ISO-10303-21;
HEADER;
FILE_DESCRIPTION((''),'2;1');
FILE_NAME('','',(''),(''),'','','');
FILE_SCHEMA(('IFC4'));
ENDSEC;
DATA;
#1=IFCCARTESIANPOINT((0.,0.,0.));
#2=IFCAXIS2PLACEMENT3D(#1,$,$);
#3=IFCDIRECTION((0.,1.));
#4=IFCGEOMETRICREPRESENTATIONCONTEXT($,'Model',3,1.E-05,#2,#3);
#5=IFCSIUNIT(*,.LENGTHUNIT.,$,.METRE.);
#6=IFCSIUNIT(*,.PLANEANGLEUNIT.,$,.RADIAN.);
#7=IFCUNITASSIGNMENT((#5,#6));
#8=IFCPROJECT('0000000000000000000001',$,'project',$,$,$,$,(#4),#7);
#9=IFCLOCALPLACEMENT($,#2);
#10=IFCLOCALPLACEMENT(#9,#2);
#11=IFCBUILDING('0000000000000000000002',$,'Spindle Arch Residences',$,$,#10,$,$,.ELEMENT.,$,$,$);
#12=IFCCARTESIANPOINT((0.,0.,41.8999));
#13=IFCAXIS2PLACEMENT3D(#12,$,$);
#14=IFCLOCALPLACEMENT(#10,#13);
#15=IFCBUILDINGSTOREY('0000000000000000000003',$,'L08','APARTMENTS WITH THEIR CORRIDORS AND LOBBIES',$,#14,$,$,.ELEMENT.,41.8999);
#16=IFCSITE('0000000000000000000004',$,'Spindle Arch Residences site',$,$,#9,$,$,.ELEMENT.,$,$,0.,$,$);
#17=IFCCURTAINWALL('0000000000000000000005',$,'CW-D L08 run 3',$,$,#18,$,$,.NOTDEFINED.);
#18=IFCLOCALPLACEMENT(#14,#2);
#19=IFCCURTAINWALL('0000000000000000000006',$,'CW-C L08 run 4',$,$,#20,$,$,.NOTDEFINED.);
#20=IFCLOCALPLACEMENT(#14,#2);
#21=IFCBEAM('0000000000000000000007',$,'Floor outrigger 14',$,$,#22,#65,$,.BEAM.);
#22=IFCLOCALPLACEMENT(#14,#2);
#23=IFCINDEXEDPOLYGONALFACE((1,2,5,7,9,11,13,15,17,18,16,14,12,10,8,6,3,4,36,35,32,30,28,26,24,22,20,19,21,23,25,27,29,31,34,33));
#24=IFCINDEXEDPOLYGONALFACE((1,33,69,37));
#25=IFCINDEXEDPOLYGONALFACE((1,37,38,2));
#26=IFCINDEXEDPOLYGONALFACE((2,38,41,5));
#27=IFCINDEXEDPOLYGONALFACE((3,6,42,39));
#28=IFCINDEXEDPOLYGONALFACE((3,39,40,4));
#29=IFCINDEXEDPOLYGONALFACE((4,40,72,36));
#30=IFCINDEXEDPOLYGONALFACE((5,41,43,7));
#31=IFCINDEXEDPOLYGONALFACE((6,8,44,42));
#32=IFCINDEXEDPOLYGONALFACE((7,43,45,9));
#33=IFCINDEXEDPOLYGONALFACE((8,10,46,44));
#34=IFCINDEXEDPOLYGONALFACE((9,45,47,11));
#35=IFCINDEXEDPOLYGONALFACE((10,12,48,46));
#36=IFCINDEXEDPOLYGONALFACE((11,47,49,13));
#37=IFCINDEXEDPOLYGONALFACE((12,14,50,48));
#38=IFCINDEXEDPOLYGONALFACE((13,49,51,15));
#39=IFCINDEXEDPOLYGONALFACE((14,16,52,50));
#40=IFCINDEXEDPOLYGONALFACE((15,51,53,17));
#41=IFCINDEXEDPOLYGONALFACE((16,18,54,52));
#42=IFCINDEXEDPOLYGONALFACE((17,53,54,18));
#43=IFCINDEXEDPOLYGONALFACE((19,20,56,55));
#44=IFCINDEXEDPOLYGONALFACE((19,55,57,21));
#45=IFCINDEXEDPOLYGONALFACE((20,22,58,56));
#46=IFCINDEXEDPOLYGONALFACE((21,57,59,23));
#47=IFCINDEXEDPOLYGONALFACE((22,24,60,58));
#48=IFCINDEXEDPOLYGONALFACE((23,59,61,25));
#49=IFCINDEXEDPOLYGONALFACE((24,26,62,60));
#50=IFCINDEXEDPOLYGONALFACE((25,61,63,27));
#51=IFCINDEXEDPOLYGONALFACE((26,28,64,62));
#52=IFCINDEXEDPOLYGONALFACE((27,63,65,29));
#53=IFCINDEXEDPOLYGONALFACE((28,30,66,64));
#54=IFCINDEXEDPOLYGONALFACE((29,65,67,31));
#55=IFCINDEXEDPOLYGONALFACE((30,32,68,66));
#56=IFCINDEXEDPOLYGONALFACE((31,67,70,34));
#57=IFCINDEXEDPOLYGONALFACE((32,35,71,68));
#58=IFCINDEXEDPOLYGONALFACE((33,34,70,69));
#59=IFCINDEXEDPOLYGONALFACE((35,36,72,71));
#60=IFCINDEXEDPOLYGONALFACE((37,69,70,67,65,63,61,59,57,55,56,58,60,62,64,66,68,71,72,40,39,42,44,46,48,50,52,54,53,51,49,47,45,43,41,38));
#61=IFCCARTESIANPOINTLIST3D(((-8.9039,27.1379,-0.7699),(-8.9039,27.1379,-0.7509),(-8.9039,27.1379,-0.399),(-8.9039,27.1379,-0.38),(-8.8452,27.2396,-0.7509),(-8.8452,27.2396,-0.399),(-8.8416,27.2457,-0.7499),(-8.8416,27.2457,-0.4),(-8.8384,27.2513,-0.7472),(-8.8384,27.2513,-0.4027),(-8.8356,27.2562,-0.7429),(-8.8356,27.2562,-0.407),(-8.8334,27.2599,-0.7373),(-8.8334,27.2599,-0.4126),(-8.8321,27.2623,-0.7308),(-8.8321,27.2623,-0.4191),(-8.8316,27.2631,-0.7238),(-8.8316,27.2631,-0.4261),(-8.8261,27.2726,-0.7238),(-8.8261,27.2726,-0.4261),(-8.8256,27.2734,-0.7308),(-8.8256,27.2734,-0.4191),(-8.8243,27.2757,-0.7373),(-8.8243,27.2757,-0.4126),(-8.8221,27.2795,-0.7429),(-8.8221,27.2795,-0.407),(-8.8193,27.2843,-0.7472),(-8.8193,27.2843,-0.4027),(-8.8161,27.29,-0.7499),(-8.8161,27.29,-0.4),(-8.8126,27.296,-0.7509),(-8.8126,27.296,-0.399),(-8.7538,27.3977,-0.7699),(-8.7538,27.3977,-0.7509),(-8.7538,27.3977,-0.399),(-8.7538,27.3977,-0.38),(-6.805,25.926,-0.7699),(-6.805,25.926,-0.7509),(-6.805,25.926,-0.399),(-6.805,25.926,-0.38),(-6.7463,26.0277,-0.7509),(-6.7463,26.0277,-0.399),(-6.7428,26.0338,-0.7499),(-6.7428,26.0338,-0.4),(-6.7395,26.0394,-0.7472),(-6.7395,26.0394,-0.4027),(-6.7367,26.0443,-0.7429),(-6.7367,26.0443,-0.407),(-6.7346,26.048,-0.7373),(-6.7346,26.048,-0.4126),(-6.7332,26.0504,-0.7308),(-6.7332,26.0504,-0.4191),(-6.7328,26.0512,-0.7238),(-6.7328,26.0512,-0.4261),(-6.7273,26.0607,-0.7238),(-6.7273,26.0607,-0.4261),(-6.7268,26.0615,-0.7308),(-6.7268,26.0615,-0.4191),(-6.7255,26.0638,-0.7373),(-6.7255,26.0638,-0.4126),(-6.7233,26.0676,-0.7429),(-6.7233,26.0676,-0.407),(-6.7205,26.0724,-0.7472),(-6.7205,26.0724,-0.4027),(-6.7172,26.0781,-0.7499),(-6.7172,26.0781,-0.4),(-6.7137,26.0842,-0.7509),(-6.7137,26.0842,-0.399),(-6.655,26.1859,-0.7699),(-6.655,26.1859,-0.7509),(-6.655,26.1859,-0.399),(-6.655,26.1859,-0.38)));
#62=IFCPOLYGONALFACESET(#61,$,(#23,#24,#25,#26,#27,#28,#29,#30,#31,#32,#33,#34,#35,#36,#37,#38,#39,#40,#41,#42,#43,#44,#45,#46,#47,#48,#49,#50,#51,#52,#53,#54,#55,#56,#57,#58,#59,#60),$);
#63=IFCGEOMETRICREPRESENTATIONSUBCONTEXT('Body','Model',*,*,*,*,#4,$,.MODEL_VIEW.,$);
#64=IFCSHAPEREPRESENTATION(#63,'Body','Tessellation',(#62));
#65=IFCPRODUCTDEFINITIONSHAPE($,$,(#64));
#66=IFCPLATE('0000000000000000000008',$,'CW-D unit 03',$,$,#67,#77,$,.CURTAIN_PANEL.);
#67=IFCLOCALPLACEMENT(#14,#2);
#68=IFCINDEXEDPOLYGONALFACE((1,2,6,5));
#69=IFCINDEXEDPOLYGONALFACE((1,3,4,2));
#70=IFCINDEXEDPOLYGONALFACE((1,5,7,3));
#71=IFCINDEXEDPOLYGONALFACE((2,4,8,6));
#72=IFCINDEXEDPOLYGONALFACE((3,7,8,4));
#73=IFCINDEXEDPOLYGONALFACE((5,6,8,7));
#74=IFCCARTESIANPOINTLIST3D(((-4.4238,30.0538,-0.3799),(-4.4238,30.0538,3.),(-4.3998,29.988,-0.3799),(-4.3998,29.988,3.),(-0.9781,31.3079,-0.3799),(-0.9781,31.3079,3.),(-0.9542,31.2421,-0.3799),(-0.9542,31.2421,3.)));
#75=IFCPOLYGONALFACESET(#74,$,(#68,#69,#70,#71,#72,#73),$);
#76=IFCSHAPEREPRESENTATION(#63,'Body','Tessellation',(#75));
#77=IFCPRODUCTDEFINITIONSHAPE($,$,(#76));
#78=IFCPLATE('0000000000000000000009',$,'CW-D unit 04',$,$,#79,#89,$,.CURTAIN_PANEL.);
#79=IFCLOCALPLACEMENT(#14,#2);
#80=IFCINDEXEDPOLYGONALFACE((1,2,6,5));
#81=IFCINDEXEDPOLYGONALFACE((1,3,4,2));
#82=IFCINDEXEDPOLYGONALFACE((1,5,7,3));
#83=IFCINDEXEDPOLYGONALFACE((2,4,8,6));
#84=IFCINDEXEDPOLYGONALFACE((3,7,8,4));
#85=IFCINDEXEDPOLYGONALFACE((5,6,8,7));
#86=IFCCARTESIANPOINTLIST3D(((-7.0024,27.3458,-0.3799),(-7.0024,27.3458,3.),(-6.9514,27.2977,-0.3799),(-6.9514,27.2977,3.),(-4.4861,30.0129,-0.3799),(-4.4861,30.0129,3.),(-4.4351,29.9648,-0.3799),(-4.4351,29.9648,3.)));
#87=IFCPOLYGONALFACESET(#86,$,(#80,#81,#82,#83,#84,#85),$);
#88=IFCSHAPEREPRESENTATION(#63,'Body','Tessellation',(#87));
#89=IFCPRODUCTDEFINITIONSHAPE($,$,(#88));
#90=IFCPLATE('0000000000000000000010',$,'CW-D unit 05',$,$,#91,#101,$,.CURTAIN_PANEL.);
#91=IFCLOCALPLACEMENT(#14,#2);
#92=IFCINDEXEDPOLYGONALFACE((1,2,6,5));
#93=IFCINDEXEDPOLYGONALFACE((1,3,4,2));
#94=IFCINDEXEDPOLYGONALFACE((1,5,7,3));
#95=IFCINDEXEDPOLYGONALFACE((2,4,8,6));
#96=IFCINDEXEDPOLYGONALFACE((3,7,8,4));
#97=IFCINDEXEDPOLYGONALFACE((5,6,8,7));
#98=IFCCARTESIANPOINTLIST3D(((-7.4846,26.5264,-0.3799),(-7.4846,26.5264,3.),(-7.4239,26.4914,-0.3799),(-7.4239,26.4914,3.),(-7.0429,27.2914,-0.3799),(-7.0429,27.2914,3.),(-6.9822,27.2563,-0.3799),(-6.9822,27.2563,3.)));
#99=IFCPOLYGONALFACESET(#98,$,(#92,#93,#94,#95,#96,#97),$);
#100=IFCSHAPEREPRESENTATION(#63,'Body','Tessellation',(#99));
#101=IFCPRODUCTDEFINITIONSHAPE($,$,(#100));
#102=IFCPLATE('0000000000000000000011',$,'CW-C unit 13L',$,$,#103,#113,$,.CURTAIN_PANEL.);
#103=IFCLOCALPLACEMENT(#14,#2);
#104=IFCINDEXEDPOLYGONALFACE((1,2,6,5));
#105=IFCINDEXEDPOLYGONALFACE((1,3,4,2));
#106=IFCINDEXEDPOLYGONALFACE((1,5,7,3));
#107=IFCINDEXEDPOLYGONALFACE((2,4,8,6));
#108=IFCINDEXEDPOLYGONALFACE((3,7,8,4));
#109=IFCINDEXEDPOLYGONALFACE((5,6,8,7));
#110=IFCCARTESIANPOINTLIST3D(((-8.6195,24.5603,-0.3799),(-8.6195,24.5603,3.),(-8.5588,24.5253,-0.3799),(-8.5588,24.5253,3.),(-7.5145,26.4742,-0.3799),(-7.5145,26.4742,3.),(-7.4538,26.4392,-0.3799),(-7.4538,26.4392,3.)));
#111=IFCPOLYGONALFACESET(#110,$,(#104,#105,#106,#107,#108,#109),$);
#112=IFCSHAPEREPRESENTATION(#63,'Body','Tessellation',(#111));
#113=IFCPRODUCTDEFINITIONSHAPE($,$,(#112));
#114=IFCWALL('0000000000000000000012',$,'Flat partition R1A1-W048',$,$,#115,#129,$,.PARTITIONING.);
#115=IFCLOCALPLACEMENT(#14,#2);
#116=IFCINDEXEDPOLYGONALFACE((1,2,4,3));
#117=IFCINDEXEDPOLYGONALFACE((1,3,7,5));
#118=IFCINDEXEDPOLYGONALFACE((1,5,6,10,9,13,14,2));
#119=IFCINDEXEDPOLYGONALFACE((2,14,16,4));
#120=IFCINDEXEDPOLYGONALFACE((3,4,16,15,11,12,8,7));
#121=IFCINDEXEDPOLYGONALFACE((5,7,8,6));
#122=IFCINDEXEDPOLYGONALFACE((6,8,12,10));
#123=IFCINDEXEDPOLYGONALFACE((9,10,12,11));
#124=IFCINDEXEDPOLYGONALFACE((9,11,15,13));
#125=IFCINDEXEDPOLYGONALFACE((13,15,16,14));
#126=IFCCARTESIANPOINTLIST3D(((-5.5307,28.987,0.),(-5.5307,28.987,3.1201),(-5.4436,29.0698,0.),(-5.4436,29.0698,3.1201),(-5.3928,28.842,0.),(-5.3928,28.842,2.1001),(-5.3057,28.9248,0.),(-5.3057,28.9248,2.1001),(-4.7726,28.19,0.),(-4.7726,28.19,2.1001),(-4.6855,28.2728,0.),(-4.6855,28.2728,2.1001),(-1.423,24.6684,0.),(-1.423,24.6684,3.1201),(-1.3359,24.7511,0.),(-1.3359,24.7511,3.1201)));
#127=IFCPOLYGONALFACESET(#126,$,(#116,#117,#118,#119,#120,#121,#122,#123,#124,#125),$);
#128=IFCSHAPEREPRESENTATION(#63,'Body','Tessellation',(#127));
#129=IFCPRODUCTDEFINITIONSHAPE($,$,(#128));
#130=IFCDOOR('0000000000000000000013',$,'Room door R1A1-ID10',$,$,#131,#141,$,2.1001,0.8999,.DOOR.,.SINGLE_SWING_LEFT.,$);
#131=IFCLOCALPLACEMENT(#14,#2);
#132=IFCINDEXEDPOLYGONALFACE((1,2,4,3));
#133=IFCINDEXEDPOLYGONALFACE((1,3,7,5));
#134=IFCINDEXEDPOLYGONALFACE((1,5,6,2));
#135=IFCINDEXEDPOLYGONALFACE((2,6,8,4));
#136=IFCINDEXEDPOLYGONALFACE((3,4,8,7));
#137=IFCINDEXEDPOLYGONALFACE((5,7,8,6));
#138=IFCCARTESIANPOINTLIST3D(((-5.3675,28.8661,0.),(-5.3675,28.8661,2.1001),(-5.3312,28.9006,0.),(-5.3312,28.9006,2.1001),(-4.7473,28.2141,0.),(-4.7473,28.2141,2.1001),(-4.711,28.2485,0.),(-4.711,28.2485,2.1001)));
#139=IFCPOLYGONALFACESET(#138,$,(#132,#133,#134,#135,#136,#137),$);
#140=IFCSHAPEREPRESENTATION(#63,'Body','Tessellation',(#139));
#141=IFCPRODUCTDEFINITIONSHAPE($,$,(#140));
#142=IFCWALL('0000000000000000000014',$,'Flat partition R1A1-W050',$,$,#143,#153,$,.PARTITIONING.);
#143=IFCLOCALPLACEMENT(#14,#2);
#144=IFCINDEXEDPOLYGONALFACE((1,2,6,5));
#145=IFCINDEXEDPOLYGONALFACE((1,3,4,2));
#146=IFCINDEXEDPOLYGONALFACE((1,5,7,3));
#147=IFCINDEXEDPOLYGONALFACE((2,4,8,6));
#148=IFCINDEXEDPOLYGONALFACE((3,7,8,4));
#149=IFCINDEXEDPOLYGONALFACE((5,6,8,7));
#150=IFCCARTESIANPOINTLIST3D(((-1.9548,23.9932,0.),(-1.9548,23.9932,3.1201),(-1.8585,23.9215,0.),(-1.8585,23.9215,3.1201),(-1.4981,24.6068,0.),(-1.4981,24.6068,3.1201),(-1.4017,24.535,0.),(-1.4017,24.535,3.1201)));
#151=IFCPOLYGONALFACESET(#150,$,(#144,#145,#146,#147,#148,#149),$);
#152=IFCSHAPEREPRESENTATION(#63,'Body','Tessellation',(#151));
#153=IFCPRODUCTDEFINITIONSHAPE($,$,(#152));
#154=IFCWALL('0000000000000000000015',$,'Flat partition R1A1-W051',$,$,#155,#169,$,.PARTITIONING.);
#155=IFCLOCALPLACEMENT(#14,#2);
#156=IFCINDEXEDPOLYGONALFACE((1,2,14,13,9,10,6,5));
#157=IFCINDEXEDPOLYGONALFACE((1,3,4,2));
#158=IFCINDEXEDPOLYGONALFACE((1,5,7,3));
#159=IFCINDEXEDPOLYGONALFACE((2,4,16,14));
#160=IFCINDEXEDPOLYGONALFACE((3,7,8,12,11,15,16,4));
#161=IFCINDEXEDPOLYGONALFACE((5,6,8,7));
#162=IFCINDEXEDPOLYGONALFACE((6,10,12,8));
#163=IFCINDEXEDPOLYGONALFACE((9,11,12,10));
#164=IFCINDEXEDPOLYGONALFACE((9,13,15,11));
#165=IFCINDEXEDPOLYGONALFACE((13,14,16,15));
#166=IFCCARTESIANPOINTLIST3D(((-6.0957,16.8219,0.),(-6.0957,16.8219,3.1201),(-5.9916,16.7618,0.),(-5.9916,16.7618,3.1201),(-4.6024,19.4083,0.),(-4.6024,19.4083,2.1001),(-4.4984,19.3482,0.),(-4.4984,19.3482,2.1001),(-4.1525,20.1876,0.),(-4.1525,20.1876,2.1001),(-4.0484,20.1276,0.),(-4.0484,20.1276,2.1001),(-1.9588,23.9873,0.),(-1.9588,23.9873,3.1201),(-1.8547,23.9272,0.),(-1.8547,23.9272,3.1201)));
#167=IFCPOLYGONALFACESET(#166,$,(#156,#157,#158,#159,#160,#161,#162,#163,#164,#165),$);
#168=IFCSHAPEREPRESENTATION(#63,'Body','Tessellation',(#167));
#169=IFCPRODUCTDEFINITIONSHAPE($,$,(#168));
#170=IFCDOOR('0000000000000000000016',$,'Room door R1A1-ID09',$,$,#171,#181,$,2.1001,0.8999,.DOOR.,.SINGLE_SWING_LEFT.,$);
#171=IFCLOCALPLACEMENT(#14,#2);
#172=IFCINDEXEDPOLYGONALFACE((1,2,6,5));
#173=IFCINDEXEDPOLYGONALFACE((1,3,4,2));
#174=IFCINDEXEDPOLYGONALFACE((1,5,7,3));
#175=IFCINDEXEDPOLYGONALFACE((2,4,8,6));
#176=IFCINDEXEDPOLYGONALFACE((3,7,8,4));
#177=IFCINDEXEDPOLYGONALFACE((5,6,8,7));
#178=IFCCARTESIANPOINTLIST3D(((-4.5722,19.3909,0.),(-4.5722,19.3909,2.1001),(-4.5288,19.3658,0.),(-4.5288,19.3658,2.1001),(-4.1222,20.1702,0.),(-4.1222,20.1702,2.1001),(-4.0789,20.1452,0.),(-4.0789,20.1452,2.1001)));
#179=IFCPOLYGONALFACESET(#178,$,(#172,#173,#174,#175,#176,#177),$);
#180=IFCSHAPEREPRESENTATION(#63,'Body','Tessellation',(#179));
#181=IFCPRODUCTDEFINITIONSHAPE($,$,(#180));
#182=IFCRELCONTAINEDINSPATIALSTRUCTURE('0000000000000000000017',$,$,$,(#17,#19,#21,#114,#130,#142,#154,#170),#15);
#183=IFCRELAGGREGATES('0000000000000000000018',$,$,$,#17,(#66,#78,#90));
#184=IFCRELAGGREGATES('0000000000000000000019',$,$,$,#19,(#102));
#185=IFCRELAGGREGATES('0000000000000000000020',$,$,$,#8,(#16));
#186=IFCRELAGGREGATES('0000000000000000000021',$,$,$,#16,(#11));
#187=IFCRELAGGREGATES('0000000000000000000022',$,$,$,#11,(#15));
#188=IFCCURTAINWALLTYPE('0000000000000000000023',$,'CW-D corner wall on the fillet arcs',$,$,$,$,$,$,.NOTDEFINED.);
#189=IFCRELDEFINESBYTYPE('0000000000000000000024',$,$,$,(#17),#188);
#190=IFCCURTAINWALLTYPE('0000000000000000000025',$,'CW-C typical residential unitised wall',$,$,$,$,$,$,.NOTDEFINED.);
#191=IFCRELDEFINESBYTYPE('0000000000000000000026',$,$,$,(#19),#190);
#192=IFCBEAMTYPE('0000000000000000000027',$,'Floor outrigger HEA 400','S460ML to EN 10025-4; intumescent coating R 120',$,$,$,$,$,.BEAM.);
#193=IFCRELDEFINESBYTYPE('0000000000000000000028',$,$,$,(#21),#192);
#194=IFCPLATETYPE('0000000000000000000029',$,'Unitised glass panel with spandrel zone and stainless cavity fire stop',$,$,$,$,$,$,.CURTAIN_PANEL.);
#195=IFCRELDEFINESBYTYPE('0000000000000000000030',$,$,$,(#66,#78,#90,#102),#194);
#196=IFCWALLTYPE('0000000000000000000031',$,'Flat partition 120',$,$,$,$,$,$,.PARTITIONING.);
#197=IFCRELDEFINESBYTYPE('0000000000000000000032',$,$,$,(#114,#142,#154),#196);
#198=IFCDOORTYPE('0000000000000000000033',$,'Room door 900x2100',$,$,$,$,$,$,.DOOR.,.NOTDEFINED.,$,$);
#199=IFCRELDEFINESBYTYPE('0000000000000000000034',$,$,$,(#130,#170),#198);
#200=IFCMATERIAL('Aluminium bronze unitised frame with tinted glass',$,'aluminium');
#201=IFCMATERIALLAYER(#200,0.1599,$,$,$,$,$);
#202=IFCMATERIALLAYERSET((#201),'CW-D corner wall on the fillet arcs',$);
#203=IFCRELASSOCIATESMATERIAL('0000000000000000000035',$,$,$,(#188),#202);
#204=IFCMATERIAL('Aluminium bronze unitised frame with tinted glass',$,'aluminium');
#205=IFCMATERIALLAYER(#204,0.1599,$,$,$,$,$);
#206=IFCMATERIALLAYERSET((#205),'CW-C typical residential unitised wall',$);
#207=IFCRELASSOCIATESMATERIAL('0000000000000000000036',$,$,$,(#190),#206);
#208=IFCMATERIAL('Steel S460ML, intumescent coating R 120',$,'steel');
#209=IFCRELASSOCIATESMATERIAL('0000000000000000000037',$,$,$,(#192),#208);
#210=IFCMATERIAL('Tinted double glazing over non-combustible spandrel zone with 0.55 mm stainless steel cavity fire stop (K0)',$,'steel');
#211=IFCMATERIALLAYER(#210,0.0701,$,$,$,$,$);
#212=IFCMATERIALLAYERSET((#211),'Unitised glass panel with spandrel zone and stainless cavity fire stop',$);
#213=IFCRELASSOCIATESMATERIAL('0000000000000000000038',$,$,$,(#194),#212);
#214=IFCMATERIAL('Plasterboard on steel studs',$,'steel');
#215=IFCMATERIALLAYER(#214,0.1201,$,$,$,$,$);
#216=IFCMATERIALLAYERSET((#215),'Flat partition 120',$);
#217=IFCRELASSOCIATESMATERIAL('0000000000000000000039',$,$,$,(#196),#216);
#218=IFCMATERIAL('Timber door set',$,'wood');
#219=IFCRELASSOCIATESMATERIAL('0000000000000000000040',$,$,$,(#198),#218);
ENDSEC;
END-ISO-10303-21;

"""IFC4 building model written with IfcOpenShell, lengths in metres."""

from ifc_helpers import new_model, si_unit, direction, frame, frame_2d, origin, origin_2d, place, context, subcontext, project, spatial, rectangle, i_section, extrude, material, layer, layer_set, material_profile, profile_set, type_object, element, fill, aggregate, save


model = new_model("IFC4")

# Units and contexts
model_context = context("Model", 3, precision=1e-05, world=origin(), true_north=direction((0.0, 1.0)))
body_context = subcontext(model_context, "Body", "Model", "MODEL_VIEW")
ifc_project = project(units=[si_unit("LENGTHUNIT", "METRE"), si_unit("PLANEANGLEUNIT", "RADIAN")], contexts=[model_context])

# Site, building, storey
site_placement = place(None, origin())
site = spatial("IfcSite", under=ifc_project, at=site_placement, Name="Spindle Arch Residences site", CompositionType="ELEMENT", RefElevation=0.0)
building_placement = place(site_placement, origin())
building = spatial("IfcBuilding", under=site, at=building_placement, Name="Spindle Arch Residences", CompositionType="ELEMENT")
storey_placement = place(building_placement, frame((0.0, 0.0, 41.8999)))
storey = spatial("IfcBuildingStorey", under=building, at=storey_placement, Name="L08", Description="APARTMENTS WITH THEIR CORRIDORS AND LOBBIES", CompositionType="ELEMENT", Elevation=41.8999)

# Curtain wall
ifc_material_1 = material(Name="Aluminium bronze unitised frame with tinted glass", Category="aluminium")
ifc_layer_1 = layer(ifc_material_1, 0.1599)
ifc_layer_set_1 = layer_set([ifc_layer_1], Name="CW-D corner wall on the fillet arcs")
curtain_wall_type_1 = type_object("IfcCurtainWallType", Name="CW-D corner wall on the fillet arcs", PredefinedType="NOTDEFINED", material=ifc_layer_set_1)
curtain_wall_1_placement = place(storey_placement, origin())
curtain_wall_1 = element("IfcCurtainWall", 1, at=curtain_wall_1_placement, inside=storey, type_object=curtain_wall_type_1, Name="CW-D L08 run 3", PredefinedType="NOTDEFINED")

# Curtain wall
ifc_material_2 = material(Name="Aluminium bronze unitised frame with tinted glass", Category="aluminium")
ifc_layer_2 = layer(ifc_material_2, 0.1599)
ifc_layer_set_2 = layer_set([ifc_layer_2], Name="CW-C typical residential unitised wall")
curtain_wall_type_2 = type_object("IfcCurtainWallType", Name="CW-C typical residential unitised wall", PredefinedType="NOTDEFINED", material=ifc_layer_set_2)
curtain_wall_2_placement = place(storey_placement, origin())
curtain_wall_2 = element("IfcCurtainWall", 2, at=curtain_wall_2_placement, inside=storey, type_object=curtain_wall_type_2, Name="CW-C L08 run 4", PredefinedType="NOTDEFINED")

# Beam
ifc_material_3 = material(Name="Steel S460ML, intumescent coating R 120", Category="steel")
ifc_material_profile_1 = material_profile(ifc_material_3, i_section(OverallWidth=0.3, OverallDepth=0.3899, WebThickness=0.011, FlangeThickness=0.019, FilletRadius=0.0271, at=origin_2d()), Name="HEA 400")
ifc_profile_set_1 = profile_set([ifc_material_profile_1], Name="Steel S460ML, intumescent coating R 120")
beam_type_1 = type_object("IfcBeamType", Name="Floor outrigger HEA 400", Description="S460ML to EN 10025-4; intumescent coating R 120", PredefinedType="BEAM", material=ifc_profile_set_1)
beam_1_placement = place(storey_placement, frame((-8.8289, 27.2678, -0.575), z_axis=(0.866003, -0.500039, 0.0), x_axis=(0.500039, 0.866003, 0.0)))
element("IfcBeam", 3, at=beam_1_placement, inside=storey, type_object=beam_type_1, Name="Floor outrigger 14", PredefinedType="BEAM", context=body_context, shape_type="SweptSolid", body=[
    extrude(i_section(OverallWidth=0.3, OverallDepth=0.3899, WebThickness=0.011, FlangeThickness=0.019, FilletRadius=0.0271, at=origin_2d()), origin(), (0.0, 0.0, 1.0), 2.4236),
])

# Plates
ifc_material_4 = material(Name="Tinted double glazing over non-combustible spandrel zone with 0.55 mm stainless steel cavity fire stop (K0)", Category="steel")
ifc_layer_3 = layer(ifc_material_4, 0.0701)
ifc_layer_set_3 = layer_set([ifc_layer_3], Name="Unitised glass panel with spandrel zone and stainless cavity fire stop")
plate_type = type_object("IfcPlateType", Name="Unitised glass panel with spandrel zone and stainless cavity fire stop", PredefinedType="CURTAIN_PANEL", material=ifc_layer_set_3)
plate_1_placement = place(storey_placement, frame((-2.689, 30.6479, -0.3799), z_axis=(0.0, 0.0, 1.0), x_axis=(-0.939693, -0.34202, 0.0)))
plate_1 = element("IfcPlate", 4, at=plate_1_placement, type_object=plate_type, Name="CW-D unit 03", PredefinedType="CURTAIN_PANEL", context=body_context, shape_type="SweptSolid", body=[
    extrude(rectangle(XDim=3.6667, YDim=0.0701, at=origin_2d()), origin(), (0.0, 0.0, 1.0), 3.3799),
])
plate_2_placement = place(storey_placement, frame((-5.7188, 28.6553, -0.3799), z_axis=(0.0, 0.0, 1.0), x_axis=(-0.686242, -0.727374, 0.0)))
plate_2 = element("IfcPlate", 5, at=plate_2_placement, type_object=plate_type, Name="CW-D unit 04", PredefinedType="CURTAIN_PANEL", context=body_context, shape_type="SweptSolid", body=[
    extrude(rectangle(XDim=3.6667, YDim=0.0701, at=origin_2d()), origin(), (0.0, 0.0, 1.0), 3.3799),
])
plate_3_placement = place(storey_placement, frame((-7.2334, 26.8914, -0.3799), z_axis=(0.0, 0.0, 1.0), x_axis=(-0.5, -0.866025, 0.0)))
plate_3 = element("IfcPlate", 6, at=plate_3_placement, type_object=plate_type, Name="CW-D unit 05", PredefinedType="CURTAIN_PANEL", context=body_context, shape_type="SweptSolid", body=[
    extrude(rectangle(XDim=0.8833, YDim=0.0701, at=origin_2d()), origin(), (0.0, 0.0, 1.0), 3.3799),
])
aggregate(curtain_wall_1, [plate_1, plate_2, plate_3])
plate_4_placement = place(storey_placement, frame((-8.0366, 25.4998, -0.3799), z_axis=(0.0, 0.0, 1.0), x_axis=(-0.5, -0.866025, 0.0)))
plate_4 = element("IfcPlate", 7, at=plate_4_placement, type_object=plate_type, Name="CW-C unit 13L", PredefinedType="CURTAIN_PANEL", context=body_context, shape_type="SweptSolid", body=[
    extrude(rectangle(XDim=2.21, YDim=0.0701, at=origin_2d()), origin(), (0.0, 0.0, 1.0), 3.3799),
])
aggregate(curtain_wall_2, [plate_4])

# Wall, opening, door
ifc_material_5 = material(Name="Plasterboard on steel studs", Category="steel")
ifc_layer_4 = layer(ifc_material_5, 0.1201)
ifc_layer_set_4 = layer_set([ifc_layer_4], Name="Flat partition 120")
wall_type_1 = type_object("IfcWallType", Name="Flat partition 120", PredefinedType="PARTITIONING", material=ifc_layer_set_4)
wall_1_placement = place(storey_placement, frame((-5.4871, 29.0283, 0.0), z_axis=(0.0, 0.0, 1.0), x_axis=(0.68919, -0.724581, 0.0)))
wall_1 = element("IfcWall", 8, at=wall_1_placement, inside=storey, type_object=wall_type_1, Name="Flat partition R1A1-W048", PredefinedType="PARTITIONING", context=body_context, shape_type="SweptSolid", body=[
    extrude(rectangle(XDim=5.9602, YDim=0.1201, at=frame_2d((2.98, 0.0))), origin(), (0.0, 0.0, 1.0), 3.1201),
])
opening_1_placement = place(wall_1_placement, frame((0.2, 0.0, 0.0)))
opening_1 = element("IfcOpeningElement", 9, at=opening_1_placement, cuts=wall_1, PredefinedType="OPENING", context=body_context, shape_type="SweptSolid", body=[
    extrude(rectangle(XDim=0.8999, YDim=2.1001, at=frame_2d((0.45, 1.05))), frame((0.0, 0.0701, 0.0), z_axis=(0.0, -1.0, 0.0), x_axis=(1.0, 0.0, 0.0)), (0.0, 0.0, 1.0), 0.1401),
])
ifc_material_6 = material(Name="Timber door set", Category="wood")
door_type_1 = type_object("IfcDoorType", Name="Room door 900x2100", OperationType="NOTDEFINED", PredefinedType="DOOR", material=ifc_material_6)
door_1_placement = place(opening_1_placement, origin())
door_1 = element("IfcDoor", 10, at=door_1_placement, inside=storey, type_object=door_type_1, Name="Room door R1A1-ID10", OperationType="SINGLE_SWING_LEFT", OverallHeight=2.1001, OverallWidth=0.8999, PredefinedType="DOOR", context=body_context, shape_type="SweptSolid", body=[
    extrude(rectangle(XDim=0.8999, YDim=2.1001, at=frame_2d((0.45, 1.05))), frame((0.0, 0.0249, 0.0), z_axis=(0.0, -1.0, 0.0), x_axis=(1.0, 0.0, 0.0)), (0.0, 0.0, 1.0), 0.05),
])
fill(opening_1, door_1)

# Wall
wall_2_placement = place(storey_placement, frame((-1.45, 24.5708, 0.0), z_axis=(0.0, 0.0, 1.0), x_axis=(-0.597188, -0.802102, 0.0)))
element("IfcWall", 11, at=wall_2_placement, inside=storey, type_object=wall_type_1, Name="Flat partition R1A1-W050", PredefinedType="PARTITIONING", context=body_context, shape_type="SweptSolid", body=[
    extrude(rectangle(XDim=0.7649, YDim=0.1201, at=frame_2d((0.3823, 0.0))), origin(), (0.0, 0.0, 1.0), 3.1201),
])

# Wall, opening, door
wall_3_placement = place(storey_placement, frame((-1.9067, 23.9573, 0.0), z_axis=(0.0, 0.0, 1.0), x_axis=(-0.499995, -0.866028, 0.0)))
wall_3 = element("IfcWall", 12, at=wall_3_placement, inside=storey, type_object=wall_type_1, Name="Flat partition R1A1-W051", PredefinedType="PARTITIONING", context=body_context, shape_type="SweptSolid", body=[
    extrude(rectangle(XDim=8.2739, YDim=0.1201, at=frame_2d((4.137, 0.0))), origin(), (0.0, 0.0, 1.0), 3.1201),
])
opening_2_placement = place(wall_3_placement, frame((4.3875, 0.0, 0.0)))
opening_2 = element("IfcOpeningElement", 13, at=opening_2_placement, cuts=wall_3, PredefinedType="OPENING", context=body_context, shape_type="SweptSolid", body=[
    extrude(rectangle(XDim=0.8999, YDim=2.1001, at=frame_2d((0.45, 1.05))), frame((0.0, 0.0701, 0.0), z_axis=(0.0, -1.0, 0.0), x_axis=(1.0, 0.0, 0.0)), (0.0, 0.0, 1.0), 0.1401),
])
door_2_placement = place(opening_2_placement, origin())
door_2 = element("IfcDoor", 14, at=door_2_placement, inside=storey, type_object=door_type_1, Name="Room door R1A1-ID09", OperationType="SINGLE_SWING_LEFT", OverallHeight=2.1001, OverallWidth=0.8999, PredefinedType="DOOR", context=body_context, shape_type="SweptSolid", body=[
    extrude(rectangle(XDim=0.8999, YDim=2.1001, at=frame_2d((0.45, 1.05))), frame((0.0, 0.0249, 0.0), z_axis=(0.0, -1.0, 0.0), x_axis=(1.0, 0.0, 0.0)), (0.0, 0.0, 1.0), 0.05),
])
fill(opening_2, door_2)

save(model, "model.ifc")
